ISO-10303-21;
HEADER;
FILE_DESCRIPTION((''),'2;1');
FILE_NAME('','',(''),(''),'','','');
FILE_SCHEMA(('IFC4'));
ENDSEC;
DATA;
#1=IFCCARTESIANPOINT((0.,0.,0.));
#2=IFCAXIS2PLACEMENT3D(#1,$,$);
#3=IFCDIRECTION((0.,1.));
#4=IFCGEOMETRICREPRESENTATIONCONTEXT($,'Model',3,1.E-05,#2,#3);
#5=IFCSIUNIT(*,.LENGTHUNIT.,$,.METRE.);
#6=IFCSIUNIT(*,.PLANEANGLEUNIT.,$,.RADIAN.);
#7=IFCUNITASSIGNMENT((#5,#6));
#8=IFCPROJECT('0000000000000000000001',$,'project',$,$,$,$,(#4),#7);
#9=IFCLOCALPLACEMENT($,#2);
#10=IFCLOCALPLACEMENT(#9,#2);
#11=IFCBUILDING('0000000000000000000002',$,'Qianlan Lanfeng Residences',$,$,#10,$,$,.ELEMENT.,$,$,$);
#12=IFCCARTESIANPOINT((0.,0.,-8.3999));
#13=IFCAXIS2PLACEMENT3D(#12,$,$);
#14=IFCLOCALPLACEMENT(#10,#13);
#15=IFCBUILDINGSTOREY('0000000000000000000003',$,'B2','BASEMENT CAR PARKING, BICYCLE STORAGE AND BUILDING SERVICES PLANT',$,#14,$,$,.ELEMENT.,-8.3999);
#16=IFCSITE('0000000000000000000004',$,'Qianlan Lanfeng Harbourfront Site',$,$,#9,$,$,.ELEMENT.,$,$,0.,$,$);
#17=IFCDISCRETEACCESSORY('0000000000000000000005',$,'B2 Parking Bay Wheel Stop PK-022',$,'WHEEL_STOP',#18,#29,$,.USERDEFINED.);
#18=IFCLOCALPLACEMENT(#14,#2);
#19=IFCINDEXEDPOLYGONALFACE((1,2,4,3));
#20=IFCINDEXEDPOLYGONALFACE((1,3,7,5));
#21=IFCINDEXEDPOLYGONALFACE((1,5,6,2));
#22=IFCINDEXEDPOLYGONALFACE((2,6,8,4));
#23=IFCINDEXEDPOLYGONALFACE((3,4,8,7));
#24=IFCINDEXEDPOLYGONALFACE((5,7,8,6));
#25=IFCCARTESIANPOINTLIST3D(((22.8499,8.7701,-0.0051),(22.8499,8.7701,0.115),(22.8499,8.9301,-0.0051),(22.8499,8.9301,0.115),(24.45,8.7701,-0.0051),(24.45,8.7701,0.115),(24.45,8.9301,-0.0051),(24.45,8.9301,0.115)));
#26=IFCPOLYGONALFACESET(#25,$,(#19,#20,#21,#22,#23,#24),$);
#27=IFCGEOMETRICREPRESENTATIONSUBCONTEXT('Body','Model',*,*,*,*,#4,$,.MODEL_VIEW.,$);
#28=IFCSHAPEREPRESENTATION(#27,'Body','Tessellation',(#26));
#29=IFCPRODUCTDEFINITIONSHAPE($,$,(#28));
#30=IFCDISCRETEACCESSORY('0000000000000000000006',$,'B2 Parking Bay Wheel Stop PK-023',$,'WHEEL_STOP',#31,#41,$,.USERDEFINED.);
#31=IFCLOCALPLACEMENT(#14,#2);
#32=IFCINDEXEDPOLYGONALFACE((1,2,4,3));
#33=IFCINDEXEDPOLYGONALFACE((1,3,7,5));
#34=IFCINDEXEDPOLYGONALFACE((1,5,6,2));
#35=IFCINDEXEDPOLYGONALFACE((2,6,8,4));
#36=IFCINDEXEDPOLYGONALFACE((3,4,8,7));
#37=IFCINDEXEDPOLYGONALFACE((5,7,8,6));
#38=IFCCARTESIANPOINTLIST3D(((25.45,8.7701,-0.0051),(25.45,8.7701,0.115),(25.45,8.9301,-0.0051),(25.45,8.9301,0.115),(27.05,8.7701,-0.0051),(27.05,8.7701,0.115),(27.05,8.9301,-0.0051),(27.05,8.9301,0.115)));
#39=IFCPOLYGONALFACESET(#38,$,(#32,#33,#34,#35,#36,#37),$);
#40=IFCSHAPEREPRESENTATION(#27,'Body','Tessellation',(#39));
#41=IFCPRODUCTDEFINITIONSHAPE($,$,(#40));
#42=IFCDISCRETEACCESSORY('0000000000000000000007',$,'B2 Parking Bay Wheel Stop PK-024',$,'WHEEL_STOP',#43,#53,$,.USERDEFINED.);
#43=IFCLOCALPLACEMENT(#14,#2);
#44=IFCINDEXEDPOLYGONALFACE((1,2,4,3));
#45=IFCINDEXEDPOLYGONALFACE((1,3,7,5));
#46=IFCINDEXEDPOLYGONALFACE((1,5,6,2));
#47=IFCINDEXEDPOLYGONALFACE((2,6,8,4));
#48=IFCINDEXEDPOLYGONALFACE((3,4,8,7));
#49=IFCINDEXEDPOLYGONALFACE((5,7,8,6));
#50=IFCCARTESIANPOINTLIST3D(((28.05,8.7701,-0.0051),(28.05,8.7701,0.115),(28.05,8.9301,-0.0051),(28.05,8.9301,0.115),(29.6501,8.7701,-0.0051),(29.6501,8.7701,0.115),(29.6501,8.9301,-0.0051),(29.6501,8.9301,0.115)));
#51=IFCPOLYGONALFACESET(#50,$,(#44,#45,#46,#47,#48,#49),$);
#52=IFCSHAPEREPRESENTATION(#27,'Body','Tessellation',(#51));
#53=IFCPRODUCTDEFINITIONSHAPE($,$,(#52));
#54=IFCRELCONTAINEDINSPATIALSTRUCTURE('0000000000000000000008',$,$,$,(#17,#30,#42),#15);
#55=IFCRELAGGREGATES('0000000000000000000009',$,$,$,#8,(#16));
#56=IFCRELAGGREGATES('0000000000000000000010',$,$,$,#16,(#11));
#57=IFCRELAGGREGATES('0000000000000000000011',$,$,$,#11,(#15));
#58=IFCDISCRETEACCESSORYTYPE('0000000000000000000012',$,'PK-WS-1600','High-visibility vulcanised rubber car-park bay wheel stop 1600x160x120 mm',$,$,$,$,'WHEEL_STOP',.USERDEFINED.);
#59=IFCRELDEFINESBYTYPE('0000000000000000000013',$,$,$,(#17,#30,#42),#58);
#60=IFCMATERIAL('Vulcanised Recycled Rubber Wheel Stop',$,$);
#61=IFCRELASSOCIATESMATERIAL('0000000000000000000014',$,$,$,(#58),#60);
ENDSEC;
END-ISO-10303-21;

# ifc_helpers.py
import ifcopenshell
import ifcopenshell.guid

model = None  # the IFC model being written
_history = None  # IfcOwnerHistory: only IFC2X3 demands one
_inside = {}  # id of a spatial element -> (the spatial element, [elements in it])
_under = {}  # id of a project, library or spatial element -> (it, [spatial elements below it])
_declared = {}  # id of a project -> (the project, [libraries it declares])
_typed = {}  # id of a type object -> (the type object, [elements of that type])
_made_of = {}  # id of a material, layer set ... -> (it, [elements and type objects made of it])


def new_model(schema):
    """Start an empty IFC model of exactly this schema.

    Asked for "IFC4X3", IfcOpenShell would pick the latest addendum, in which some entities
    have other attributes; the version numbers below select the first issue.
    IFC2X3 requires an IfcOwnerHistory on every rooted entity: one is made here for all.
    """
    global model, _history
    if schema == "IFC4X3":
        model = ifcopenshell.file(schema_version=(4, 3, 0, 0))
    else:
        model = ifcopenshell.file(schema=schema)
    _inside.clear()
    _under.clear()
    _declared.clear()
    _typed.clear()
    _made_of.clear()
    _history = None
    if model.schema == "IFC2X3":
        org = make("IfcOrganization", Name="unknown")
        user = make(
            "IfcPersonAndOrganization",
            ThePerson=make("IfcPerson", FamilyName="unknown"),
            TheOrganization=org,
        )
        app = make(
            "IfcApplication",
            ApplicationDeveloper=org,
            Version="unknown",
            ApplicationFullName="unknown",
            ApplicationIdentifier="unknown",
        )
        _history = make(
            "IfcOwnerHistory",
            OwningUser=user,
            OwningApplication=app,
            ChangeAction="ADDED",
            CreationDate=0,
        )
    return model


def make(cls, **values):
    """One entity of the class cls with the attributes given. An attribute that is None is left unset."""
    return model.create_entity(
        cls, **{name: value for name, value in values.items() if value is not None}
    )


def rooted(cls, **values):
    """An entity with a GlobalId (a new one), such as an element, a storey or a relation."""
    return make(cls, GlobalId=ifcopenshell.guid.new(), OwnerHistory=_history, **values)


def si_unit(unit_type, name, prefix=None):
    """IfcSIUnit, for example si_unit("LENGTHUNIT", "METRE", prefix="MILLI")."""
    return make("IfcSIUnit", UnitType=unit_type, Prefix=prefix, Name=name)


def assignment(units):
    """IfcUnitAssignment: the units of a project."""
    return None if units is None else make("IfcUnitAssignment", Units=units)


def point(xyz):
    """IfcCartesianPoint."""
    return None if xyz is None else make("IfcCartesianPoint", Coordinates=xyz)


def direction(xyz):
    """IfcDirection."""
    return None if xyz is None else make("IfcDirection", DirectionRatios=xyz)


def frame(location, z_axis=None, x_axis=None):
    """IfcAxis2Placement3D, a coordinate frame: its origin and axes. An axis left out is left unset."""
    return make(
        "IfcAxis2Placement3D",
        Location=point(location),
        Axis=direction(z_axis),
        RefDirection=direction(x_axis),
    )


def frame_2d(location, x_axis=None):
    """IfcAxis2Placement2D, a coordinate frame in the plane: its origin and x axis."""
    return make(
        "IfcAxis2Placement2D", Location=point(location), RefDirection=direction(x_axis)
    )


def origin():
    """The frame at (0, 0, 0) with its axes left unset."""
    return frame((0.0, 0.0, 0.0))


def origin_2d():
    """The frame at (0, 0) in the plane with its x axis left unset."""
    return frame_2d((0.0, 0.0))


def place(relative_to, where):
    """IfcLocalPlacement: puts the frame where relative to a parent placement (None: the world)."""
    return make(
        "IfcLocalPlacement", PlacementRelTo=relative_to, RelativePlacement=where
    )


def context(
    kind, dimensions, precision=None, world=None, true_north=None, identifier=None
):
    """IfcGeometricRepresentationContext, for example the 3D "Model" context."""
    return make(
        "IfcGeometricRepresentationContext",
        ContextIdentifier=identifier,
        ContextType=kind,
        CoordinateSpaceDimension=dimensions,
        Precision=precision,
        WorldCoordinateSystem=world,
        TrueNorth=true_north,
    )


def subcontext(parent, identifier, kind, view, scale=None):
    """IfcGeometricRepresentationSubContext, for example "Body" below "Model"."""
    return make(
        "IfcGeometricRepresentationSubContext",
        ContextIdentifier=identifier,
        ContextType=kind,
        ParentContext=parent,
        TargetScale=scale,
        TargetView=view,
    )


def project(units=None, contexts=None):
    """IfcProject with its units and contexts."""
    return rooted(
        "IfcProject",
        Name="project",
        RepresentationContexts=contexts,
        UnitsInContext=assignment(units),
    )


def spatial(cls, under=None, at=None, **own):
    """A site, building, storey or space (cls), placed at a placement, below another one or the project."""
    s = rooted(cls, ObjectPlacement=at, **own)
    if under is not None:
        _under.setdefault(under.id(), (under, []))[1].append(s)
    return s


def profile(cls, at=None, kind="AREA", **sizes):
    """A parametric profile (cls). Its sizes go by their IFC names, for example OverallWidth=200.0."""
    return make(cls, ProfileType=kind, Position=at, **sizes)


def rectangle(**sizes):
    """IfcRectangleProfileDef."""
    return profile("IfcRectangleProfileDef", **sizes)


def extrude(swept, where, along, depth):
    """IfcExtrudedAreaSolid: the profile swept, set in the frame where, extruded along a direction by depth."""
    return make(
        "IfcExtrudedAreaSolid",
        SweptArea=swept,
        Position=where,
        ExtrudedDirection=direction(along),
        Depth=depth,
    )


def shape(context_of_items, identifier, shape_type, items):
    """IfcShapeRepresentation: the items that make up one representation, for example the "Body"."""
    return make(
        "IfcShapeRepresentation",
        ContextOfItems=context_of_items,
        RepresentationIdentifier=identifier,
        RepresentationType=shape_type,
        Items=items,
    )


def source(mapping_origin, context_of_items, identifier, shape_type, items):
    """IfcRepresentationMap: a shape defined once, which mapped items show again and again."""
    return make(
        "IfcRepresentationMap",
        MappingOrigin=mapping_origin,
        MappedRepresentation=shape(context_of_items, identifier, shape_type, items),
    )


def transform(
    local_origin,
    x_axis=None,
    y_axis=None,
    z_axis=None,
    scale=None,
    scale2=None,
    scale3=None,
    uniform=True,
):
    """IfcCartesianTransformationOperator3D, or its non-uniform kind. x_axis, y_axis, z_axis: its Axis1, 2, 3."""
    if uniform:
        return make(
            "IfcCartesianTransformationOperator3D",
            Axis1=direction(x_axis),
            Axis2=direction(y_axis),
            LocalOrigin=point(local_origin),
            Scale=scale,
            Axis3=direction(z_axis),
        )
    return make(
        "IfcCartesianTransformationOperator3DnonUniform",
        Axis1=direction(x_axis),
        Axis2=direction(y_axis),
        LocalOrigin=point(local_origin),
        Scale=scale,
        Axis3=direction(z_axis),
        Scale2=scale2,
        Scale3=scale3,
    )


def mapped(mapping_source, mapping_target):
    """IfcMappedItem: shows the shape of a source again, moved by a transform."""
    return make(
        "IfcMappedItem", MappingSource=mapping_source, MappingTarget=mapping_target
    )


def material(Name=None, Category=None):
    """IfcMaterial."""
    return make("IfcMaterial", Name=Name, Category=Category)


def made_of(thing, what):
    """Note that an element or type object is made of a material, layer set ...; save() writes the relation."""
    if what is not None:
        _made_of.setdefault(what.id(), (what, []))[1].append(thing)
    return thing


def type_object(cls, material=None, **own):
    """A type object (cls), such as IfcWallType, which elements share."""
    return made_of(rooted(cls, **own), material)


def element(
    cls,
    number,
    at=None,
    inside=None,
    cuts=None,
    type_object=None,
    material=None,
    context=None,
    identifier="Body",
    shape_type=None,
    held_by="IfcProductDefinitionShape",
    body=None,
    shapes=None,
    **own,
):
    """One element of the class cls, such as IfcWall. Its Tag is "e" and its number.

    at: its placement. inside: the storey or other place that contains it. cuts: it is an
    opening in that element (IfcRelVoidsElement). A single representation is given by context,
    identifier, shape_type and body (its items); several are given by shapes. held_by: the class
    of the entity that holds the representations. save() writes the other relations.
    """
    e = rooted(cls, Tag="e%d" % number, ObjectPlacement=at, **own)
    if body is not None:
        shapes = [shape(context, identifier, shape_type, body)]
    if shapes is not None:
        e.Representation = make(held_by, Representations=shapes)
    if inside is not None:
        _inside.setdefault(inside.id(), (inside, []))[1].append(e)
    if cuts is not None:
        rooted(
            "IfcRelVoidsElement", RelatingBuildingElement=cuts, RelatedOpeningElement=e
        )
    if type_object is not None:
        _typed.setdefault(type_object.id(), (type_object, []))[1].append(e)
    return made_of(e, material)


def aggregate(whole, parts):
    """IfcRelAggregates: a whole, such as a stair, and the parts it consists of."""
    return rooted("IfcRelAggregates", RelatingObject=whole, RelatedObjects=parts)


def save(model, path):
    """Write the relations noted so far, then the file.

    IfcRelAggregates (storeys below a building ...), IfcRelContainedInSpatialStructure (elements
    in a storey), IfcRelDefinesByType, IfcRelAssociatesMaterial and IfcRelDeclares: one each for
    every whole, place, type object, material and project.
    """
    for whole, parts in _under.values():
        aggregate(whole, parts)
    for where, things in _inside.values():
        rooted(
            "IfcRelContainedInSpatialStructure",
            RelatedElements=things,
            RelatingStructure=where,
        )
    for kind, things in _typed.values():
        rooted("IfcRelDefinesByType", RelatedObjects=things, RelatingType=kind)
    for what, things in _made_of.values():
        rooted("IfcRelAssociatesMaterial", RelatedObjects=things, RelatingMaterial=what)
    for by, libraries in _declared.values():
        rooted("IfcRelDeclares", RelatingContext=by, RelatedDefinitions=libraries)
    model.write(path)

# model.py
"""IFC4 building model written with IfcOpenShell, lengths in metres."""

from ifc_helpers import new_model, si_unit, direction, frame, origin, origin_2d, place, context, subcontext, project, spatial, rectangle, extrude, source, transform, mapped, material, type_object, element, save


model = new_model("IFC4")

# Units and contexts
model_context = context("Model", 3, precision=1e-05, world=origin(), true_north=direction((0.0, 1.0)))
body_context = subcontext(model_context, "Body", "Model", "MODEL_VIEW")
ifc_project = project(units=[si_unit("LENGTHUNIT", "METRE"), si_unit("PLANEANGLEUNIT", "RADIAN")], contexts=[model_context])

# Site, building, storey
site_placement = place(None, origin())
site = spatial("IfcSite", under=ifc_project, at=site_placement, Name="Qianlan Lanfeng Harbourfront Site", CompositionType="ELEMENT", RefElevation=0.0)
building_placement = place(site_placement, origin())
building = spatial("IfcBuilding", under=site, at=building_placement, Name="Qianlan Lanfeng Residences", CompositionType="ELEMENT")
storey_placement = place(building_placement, frame((0.0, 0.0, -8.3999)))
storey = spatial("IfcBuildingStorey", under=building, at=storey_placement, Name="B2", Description="BASEMENT CAR PARKING, BICYCLE STORAGE AND BUILDING SERVICES PLANT", CompositionType="ELEMENT", Elevation=-8.3999)

# Discrete accessories
ifc_material_1 = material(Name="Vulcanised Recycled Rubber Wheel Stop")
discrete_accessory_type = type_object("IfcDiscreteAccessoryType", Name="PK-WS-1600", Description="High-visibility vulcanised rubber car-park bay wheel stop 1600x160x120 mm", ElementType="WHEEL_STOP", PredefinedType="USERDEFINED", material=ifc_material_1)
shared_shape = source(origin(), body_context, "Body", "SweptSolid", [
    extrude(rectangle(XDim=1.6001, YDim=0.1599, at=origin_2d()), origin(), (0.0, 0.0, 1.0), 0.1201),
])
for number, where, z_axis, x_axis, name in (
    (1, (23.6499, 8.8501, -0.0051), (0.0, 0.0, 1.0), (1.0, 0.0, 0.0), "B2 Parking Bay Wheel Stop PK-022"),
    (2, (26.25, 8.8501, -0.0051), (0.0, 0.0, 1.0), (1.0, 0.0, 0.0), "B2 Parking Bay Wheel Stop PK-023"),
    (3, (28.8501, 8.8501, -0.0051), (0.0, 0.0, 1.0), (1.0, 0.0, 0.0), "B2 Parking Bay Wheel Stop PK-024"),
):
    element("IfcDiscreteAccessory", number, at=place(storey_placement, frame(where, z_axis=z_axis, x_axis=x_axis)), inside=storey, type_object=discrete_accessory_type, Name=name, ObjectType="WHEEL_STOP", PredefinedType="USERDEFINED", context=body_context, shape_type="MappedRepresentation", body=[
        mapped(shared_shape, transform((0.0, 0.0, 0.0), scale=1.0)),
    ])

save(model, "model.ifc")
